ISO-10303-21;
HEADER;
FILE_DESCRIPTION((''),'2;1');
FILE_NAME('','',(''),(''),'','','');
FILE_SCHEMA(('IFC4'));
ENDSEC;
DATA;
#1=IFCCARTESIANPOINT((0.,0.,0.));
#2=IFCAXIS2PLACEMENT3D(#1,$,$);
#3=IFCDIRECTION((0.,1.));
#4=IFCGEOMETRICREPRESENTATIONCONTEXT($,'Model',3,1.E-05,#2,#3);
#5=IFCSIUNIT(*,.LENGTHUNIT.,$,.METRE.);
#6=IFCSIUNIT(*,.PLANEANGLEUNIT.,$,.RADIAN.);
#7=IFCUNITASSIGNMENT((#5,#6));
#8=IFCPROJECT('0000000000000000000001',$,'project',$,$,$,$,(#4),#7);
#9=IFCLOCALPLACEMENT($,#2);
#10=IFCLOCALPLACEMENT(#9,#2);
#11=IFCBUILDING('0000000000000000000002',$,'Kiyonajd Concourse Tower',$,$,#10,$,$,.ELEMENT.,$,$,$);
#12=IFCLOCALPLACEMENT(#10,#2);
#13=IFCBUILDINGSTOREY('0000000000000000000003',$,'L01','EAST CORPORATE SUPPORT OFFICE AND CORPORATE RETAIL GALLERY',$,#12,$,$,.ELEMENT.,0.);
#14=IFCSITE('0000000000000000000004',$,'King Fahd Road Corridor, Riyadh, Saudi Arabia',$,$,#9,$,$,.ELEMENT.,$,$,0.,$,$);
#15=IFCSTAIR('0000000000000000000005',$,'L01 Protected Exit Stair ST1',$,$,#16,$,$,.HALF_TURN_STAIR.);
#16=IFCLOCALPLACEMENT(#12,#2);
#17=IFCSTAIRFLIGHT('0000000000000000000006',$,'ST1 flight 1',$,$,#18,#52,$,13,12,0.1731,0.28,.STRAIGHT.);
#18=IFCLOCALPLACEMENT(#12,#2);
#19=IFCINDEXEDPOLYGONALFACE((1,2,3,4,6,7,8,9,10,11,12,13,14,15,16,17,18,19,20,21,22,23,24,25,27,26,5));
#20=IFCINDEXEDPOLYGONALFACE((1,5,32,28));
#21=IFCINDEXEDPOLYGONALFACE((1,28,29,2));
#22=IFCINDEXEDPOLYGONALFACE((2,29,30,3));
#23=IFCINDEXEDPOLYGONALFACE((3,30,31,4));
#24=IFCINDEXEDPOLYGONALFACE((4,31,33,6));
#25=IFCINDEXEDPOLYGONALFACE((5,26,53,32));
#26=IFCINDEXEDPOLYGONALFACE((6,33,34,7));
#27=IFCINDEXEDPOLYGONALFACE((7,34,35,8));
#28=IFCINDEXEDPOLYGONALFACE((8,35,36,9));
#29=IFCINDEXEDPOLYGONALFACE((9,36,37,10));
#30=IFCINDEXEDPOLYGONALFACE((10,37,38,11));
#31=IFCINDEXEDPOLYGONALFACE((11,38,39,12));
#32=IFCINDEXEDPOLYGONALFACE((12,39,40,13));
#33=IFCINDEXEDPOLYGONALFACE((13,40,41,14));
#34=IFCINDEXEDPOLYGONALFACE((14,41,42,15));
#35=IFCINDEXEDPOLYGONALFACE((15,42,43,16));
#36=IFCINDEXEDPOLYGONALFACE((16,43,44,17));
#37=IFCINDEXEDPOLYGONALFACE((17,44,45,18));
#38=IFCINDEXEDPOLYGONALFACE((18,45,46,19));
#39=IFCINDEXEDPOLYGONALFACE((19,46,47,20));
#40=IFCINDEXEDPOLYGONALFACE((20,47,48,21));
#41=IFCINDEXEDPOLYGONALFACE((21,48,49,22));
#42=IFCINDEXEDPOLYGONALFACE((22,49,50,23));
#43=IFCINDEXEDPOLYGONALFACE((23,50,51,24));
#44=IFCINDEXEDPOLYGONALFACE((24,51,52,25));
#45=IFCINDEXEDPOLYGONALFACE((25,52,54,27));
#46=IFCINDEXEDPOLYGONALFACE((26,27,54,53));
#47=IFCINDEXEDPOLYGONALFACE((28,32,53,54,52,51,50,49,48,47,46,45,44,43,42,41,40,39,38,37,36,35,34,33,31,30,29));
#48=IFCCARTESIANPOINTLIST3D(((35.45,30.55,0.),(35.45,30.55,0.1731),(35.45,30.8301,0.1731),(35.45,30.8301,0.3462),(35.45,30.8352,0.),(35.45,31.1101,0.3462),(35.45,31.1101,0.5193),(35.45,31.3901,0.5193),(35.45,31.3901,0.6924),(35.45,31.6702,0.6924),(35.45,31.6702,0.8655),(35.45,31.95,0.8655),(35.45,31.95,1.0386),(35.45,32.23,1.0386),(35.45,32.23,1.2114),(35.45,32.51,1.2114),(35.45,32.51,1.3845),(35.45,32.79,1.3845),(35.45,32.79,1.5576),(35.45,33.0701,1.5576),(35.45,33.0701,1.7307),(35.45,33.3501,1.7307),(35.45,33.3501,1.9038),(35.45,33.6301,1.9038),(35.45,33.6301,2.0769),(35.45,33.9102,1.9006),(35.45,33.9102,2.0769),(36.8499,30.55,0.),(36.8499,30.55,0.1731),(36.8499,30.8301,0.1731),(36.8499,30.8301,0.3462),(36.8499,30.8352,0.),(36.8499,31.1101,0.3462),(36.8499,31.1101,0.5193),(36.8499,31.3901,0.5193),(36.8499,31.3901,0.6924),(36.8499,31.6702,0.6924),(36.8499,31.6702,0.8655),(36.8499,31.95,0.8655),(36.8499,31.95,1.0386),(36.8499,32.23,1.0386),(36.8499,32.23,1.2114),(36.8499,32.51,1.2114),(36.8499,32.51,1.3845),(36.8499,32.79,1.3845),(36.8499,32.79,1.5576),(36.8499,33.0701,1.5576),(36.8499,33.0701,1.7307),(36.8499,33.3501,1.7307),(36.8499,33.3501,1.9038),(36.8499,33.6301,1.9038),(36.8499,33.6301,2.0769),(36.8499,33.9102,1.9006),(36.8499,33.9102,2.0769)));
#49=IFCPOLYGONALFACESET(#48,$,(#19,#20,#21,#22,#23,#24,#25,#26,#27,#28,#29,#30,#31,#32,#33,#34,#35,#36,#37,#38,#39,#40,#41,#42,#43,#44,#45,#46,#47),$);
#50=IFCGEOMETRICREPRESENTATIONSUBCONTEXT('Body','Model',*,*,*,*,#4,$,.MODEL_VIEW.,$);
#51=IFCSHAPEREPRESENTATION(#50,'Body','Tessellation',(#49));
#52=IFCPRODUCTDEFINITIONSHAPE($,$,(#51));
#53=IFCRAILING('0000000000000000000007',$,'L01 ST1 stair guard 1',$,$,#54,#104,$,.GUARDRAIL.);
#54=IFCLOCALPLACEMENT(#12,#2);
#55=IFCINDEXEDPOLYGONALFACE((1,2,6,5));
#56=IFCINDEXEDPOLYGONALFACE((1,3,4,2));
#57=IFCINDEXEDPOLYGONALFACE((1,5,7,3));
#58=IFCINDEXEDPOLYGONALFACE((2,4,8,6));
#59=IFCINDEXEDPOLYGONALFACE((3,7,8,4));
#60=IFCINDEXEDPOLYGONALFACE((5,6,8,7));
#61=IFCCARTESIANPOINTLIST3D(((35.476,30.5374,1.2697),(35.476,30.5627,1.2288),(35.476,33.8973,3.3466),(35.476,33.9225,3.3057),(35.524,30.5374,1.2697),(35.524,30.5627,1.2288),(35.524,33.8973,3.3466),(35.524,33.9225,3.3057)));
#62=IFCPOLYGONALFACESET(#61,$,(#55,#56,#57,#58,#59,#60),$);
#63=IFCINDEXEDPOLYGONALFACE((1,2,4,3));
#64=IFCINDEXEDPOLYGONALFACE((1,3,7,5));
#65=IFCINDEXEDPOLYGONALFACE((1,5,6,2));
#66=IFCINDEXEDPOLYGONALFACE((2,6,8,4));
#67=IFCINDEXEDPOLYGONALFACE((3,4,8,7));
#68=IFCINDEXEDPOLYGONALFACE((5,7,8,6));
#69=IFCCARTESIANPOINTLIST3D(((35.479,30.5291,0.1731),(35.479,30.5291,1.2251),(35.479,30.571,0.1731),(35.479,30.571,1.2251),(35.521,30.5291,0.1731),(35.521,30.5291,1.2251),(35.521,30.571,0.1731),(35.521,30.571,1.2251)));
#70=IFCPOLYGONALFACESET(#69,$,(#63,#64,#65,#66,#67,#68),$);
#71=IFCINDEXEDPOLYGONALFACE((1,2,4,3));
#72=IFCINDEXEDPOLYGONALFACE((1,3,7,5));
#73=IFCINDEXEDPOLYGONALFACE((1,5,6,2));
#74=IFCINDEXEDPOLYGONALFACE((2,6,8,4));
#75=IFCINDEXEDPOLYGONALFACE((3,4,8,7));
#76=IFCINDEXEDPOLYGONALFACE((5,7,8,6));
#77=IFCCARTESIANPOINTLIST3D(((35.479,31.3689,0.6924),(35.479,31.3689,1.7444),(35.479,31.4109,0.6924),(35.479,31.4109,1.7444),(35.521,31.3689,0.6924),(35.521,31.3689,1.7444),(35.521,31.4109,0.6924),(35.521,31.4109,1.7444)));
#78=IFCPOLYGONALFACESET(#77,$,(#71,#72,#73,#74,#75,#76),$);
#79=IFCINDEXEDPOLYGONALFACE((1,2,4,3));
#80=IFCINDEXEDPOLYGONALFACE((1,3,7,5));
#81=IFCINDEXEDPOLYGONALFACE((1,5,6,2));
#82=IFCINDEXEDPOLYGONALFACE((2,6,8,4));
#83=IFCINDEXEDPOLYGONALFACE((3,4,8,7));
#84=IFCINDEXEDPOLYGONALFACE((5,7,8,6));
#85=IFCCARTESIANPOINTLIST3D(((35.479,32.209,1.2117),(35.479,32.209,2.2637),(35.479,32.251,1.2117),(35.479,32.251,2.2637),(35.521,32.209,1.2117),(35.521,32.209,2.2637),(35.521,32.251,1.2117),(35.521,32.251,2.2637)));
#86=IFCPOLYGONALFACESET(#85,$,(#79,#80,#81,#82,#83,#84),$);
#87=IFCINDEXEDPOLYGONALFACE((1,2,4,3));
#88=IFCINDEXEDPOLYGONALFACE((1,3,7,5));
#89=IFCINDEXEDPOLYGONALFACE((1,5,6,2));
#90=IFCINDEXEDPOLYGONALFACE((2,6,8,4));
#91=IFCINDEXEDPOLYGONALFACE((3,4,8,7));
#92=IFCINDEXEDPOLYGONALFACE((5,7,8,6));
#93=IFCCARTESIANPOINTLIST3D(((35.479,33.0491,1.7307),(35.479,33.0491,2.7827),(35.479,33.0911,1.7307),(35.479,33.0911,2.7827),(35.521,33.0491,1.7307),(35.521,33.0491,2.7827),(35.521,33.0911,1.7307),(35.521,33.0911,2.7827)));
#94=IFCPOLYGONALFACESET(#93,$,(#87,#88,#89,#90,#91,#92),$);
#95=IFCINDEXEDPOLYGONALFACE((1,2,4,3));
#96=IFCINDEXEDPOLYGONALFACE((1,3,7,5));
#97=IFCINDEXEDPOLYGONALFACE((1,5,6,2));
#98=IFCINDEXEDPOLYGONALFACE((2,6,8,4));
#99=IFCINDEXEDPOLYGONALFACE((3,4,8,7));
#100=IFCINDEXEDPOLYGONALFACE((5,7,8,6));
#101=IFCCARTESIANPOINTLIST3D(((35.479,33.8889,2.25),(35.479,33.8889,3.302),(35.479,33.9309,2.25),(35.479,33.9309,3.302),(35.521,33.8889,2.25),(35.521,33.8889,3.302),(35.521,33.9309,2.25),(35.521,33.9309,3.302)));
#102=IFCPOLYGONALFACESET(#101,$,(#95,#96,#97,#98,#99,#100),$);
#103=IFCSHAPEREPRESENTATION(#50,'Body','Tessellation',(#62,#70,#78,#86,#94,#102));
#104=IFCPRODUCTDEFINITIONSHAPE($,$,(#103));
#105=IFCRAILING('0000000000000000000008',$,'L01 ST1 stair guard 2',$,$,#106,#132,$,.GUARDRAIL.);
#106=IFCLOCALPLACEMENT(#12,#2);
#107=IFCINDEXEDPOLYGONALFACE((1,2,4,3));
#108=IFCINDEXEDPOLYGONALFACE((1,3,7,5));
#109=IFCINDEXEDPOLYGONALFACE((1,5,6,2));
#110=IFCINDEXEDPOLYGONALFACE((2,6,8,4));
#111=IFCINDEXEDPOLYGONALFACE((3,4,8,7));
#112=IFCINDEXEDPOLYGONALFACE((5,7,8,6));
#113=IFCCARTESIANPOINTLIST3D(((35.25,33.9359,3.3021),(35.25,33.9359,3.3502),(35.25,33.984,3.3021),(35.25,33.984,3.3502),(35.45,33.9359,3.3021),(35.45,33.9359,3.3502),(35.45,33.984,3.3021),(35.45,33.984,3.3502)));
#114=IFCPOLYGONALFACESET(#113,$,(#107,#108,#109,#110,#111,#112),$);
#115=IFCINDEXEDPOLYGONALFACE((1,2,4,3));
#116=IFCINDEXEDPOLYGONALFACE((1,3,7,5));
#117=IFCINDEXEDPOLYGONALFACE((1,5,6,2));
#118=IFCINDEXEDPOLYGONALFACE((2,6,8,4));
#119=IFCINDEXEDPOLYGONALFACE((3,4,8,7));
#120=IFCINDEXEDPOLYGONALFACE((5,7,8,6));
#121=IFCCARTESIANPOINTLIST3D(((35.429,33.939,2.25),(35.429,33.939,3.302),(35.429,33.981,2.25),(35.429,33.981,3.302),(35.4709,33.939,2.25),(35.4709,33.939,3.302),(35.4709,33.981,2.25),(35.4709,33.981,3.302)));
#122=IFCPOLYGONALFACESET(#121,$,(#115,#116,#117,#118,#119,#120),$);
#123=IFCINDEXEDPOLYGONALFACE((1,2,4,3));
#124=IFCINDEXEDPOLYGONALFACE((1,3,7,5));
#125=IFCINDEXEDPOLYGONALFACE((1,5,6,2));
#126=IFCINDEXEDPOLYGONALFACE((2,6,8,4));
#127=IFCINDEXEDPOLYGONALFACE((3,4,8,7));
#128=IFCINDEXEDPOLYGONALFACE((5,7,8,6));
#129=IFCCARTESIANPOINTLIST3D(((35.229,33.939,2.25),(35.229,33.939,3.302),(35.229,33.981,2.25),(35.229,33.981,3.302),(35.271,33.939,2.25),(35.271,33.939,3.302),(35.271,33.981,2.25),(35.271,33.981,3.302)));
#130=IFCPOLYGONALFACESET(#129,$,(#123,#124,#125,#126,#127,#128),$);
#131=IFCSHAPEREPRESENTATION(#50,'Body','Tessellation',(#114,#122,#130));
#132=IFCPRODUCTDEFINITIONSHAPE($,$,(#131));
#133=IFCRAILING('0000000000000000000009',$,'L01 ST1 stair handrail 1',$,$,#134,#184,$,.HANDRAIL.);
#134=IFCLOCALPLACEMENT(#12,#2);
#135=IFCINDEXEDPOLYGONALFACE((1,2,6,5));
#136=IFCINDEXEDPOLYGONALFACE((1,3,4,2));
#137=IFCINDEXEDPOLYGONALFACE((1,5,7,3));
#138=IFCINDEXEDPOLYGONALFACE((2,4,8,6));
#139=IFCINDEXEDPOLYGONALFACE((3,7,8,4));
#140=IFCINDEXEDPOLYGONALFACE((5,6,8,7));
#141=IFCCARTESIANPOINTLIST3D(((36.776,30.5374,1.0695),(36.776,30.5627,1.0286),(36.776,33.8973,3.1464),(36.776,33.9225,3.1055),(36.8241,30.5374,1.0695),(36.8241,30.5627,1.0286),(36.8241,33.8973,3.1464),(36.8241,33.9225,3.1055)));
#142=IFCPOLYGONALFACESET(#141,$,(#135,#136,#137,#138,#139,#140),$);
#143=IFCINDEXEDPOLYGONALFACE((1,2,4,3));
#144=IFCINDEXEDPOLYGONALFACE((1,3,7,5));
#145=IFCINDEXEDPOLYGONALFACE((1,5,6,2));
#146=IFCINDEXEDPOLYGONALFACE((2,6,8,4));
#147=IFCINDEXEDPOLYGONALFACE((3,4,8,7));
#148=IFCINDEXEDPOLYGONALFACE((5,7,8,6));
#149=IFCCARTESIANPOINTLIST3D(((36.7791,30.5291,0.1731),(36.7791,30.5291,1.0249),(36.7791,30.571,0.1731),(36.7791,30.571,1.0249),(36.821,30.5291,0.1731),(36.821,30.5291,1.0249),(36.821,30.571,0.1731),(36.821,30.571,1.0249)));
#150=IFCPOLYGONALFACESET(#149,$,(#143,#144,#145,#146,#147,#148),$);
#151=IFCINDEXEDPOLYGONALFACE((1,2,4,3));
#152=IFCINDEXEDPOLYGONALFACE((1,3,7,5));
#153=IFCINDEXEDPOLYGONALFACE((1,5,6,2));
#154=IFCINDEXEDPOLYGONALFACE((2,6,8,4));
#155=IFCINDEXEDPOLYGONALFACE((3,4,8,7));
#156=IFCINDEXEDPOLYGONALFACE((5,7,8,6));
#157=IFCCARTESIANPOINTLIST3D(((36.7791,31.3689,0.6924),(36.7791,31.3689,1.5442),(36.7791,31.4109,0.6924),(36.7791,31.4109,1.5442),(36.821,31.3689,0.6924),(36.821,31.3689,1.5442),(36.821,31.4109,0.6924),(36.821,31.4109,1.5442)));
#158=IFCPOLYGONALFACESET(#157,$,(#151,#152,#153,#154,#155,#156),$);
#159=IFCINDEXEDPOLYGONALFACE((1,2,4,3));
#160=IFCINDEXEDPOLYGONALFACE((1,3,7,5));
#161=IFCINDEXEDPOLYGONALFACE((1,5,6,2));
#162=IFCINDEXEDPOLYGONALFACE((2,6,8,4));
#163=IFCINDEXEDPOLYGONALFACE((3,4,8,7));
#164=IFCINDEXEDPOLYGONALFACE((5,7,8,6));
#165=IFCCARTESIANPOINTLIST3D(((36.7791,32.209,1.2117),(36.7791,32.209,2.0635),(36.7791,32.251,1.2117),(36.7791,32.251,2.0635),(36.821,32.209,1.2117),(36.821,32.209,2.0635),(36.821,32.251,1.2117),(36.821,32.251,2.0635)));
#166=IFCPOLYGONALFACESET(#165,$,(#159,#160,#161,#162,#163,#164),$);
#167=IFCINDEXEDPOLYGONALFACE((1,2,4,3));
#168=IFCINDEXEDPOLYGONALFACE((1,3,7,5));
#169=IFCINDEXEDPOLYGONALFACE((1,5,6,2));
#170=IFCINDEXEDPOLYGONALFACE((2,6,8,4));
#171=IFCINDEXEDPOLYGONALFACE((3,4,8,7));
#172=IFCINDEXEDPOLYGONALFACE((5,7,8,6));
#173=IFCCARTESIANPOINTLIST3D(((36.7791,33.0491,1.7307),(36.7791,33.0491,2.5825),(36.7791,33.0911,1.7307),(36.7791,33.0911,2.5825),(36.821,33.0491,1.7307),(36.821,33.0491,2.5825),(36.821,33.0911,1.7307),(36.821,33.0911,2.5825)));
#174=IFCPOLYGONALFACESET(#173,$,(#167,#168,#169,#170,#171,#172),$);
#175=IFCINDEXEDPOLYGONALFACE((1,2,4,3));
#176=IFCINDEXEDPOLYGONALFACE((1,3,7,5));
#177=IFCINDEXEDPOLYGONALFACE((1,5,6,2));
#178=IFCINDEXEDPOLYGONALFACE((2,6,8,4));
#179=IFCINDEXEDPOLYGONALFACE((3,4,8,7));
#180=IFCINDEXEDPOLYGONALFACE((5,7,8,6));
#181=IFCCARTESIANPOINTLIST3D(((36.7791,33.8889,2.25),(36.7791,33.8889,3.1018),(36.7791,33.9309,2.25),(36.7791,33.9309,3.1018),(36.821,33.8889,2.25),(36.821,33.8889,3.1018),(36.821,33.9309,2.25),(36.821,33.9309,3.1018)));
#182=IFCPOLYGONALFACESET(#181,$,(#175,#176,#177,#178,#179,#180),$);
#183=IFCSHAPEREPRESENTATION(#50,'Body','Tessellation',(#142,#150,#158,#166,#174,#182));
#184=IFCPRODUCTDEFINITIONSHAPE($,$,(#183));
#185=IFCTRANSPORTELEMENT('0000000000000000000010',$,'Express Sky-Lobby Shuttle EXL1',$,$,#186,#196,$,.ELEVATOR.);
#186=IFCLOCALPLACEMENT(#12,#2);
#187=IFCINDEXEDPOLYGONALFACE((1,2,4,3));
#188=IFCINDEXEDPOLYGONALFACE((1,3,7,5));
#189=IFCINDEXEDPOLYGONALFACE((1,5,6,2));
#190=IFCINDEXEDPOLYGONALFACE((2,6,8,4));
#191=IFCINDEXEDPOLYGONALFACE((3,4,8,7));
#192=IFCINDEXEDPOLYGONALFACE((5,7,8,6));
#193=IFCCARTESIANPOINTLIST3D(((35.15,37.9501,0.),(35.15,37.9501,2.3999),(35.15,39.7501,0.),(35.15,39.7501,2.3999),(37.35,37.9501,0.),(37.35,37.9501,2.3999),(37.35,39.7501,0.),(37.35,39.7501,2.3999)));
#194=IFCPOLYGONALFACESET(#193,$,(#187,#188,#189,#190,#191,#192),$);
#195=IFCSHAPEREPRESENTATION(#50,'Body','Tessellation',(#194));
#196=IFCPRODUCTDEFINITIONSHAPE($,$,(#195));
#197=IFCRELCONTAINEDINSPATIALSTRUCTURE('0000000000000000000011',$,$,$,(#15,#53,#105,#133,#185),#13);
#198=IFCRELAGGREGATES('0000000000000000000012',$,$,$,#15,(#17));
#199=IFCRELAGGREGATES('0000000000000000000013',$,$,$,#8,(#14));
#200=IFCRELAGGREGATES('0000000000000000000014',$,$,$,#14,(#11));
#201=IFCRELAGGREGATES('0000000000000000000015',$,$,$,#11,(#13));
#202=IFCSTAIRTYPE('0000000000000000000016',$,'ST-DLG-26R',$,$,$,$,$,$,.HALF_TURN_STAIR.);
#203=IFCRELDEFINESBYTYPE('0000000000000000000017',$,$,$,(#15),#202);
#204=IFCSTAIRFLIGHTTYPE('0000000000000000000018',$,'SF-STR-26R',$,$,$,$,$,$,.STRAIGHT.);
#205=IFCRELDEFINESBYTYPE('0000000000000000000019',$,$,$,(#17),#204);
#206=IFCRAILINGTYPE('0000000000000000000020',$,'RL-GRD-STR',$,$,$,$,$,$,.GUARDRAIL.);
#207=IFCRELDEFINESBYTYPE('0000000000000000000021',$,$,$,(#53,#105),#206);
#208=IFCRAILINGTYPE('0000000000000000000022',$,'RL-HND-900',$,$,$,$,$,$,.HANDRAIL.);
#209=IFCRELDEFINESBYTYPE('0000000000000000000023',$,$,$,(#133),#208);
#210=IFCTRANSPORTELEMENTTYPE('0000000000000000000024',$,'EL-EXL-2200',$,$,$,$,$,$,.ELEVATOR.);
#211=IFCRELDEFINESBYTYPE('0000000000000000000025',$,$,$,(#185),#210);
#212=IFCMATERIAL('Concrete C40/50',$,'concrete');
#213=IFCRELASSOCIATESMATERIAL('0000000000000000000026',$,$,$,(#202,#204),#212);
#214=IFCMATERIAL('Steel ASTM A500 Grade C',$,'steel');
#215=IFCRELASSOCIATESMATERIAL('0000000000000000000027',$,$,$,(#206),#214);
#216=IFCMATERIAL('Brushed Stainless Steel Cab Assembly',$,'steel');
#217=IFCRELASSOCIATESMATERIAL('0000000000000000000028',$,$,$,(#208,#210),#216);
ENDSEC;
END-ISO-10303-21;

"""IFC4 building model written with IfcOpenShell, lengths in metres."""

from ifc_helpers import new_model, si_unit, direction, frame, origin, origin_2d, place, context, subcontext, project, spatial, polyline, rectangle, outline, extrude, material, type_object, element, aggregate, save


model = new_model("IFC4")

# Units and contexts
model_context = context("Model", 3, precision=1e-05, world=origin(), true_north=direction((0.0, 1.0)))
body_context = subcontext(model_context, "Body", "Model", "MODEL_VIEW")
ifc_project = project(units=[si_unit("LENGTHUNIT", "METRE"), si_unit("PLANEANGLEUNIT", "RADIAN")], contexts=[model_context])

# Site, building, storey
site_placement = place(None, origin())
site = spatial("IfcSite", under=ifc_project, at=site_placement, Name="King Fahd Road Corridor, Riyadh, Saudi Arabia", CompositionType="ELEMENT", RefElevation=0.0)
building_placement = place(site_placement, origin())
building = spatial("IfcBuilding", under=site, at=building_placement, Name="Kiyonajd Concourse Tower", CompositionType="ELEMENT")
storey_placement = place(building_placement, origin())
storey = spatial("IfcBuildingStorey", under=building, at=storey_placement, Name="L01", Description="EAST CORPORATE SUPPORT OFFICE AND CORPORATE RETAIL GALLERY", CompositionType="ELEMENT", Elevation=0.0)

# Shared definitions
ifc_material_1 = material(Name="Brushed Stainless Steel Cab Assembly", Category="steel")

# Stair, stair flight
ifc_material_2 = material(Name="Concrete C40/50", Category="concrete")
stair_type = type_object("IfcStairType", Name="ST-DLG-26R", PredefinedType="HALF_TURN_STAIR", material=ifc_material_2)
stair_placement = place(storey_placement, origin())
stair = element("IfcStair", 1, at=stair_placement, inside=storey, type_object=stair_type, Name="L01 Protected Exit Stair ST1", PredefinedType="HALF_TURN_STAIR")
stair_flight_type = type_object("IfcStairFlightType", Name="SF-STR-26R", PredefinedType="STRAIGHT", material=ifc_material_2)
stair_flight_placement = place(storey_placement, frame((36.1499, 30.55, 0.0), z_axis=(0.0, 0.0, 1.0), x_axis=(0.0, 1.0, 0.0)))
stair_flight = element("IfcStairFlight", 2, at=stair_flight_placement, type_object=stair_flight_type, Name="ST1 flight 1", NumberOfRisers=13, NumberOfTreads=12, PredefinedType="STRAIGHT", RiserHeight=0.1731, TreadLength=0.28, context=body_context, shape_type="SweptSolid", body=[
    extrude(outline(polyline([(0.0, 0.0), (0.0, 0.1731), (0.28, 0.1731), (0.28, 0.3462), (0.5601, 0.3462), (0.5601, 0.5193), (0.8401, 0.5193), (0.8401, 0.6924), (1.1201, 0.6924), (1.1201, 0.8655), (1.3999, 0.8655), (1.3999, 1.0386), (1.6799, 1.0386), (1.6799, 1.2114), (1.96, 1.2114), (1.96, 1.3845), (2.24, 1.3845), (2.24, 1.5576), (2.52, 1.5576), (2.52, 1.7307), (2.8, 1.7307), (2.8, 1.9038), (3.0801, 1.9038), (3.0801, 2.0769), (3.3601, 2.0769), (3.3601, 2.25), (3.3601, 1.9006), (0.2852, 0.0), (0.0, 0.0)])), frame((0.0, 0.7, 0.0), z_axis=(0.0, -1.0, 0.0), x_axis=(1.0, 0.0, 0.0)), (0.0, 0.0, 1.0), 1.3999),
])
aggregate(stair, [stair_flight])

# Railings
ifc_material_3 = material(Name="Steel ASTM A500 Grade C", Category="steel")
railing_type_1 = type_object("IfcRailingType", Name="RL-GRD-STR", PredefinedType="GUARDRAIL", material=ifc_material_3)
railing_1_placement = place(storey_placement, frame((35.5, 30.55, 0.1731)))
element("IfcRailing", 3, at=railing_1_placement, inside=storey, type_object=railing_type_1, Name="L01 ST1 stair guard 1", PredefinedType="GUARDRAIL", context=body_context, shape_type="SweptSolid", body=[
    extrude(rectangle(XDim=0.0481, YDim=0.0481, at=origin_2d()), frame((0.0, 0.0, 1.0762), z_axis=(0.0, 0.850606, 0.525803), x_axis=(-1.0, 0.0, 0.0)), (0.0, 0.0, 1.0), 3.95),
    extrude(rectangle(XDim=0.042, YDim=0.042, at=origin_2d()), origin(), (0.0, 0.0, 1.0), 1.052),
    extrude(rectangle(XDim=0.042, YDim=0.042, at=origin_2d()), frame((0.0, 0.8398, 0.5193)), (0.0, 0.0, 1.0), 1.052),
    extrude(rectangle(XDim=0.042, YDim=0.042, at=origin_2d()), frame((0.0, 1.6799, 1.0386)), (0.0, 0.0, 1.0), 1.052),
    extrude(rectangle(XDim=0.042, YDim=0.042, at=origin_2d()), frame((0.0, 2.52, 1.5576)), (0.0, 0.0, 1.0), 1.052),
    extrude(rectangle(XDim=0.042, YDim=0.042, at=origin_2d()), frame((0.0, 3.3599, 2.0769)), (0.0, 0.0, 1.0), 1.052),
])
railing_2_placement = place(storey_placement, frame((35.45, 33.96, 2.25)))
element("IfcRailing", 4, at=railing_2_placement, inside=storey, type_object=railing_type_1, Name="L01 ST1 stair guard 2", PredefinedType="GUARDRAIL", context=body_context, shape_type="SweptSolid", body=[
    extrude(rectangle(XDim=0.0481, YDim=0.0481, at=origin_2d()), frame((0.0, 0.0, 1.0762), z_axis=(-1.0, 0.0, 0.0), x_axis=(0.0, -1.0, 0.0)), (0.0, 0.0, 1.0), 0.2),
    extrude(rectangle(XDim=0.042, YDim=0.042, at=origin_2d()), origin(), (0.0, 0.0, 1.0), 1.052),
    extrude(rectangle(XDim=0.042, YDim=0.042, at=origin_2d()), frame((-0.2, 0.0, 0.0)), (0.0, 0.0, 1.0), 1.052),
])
railing_type_2 = type_object("IfcRailingType", Name="RL-HND-900", PredefinedType="HANDRAIL", material=ifc_material_1)
railing_3_placement = place(storey_placement, frame((36.8, 30.55, 0.1731)))
element("IfcRailing", 5, at=railing_3_placement, inside=storey, type_object=railing_type_2, Name="L01 ST1 stair handrail 1", PredefinedType="HANDRAIL", context=body_context, shape_type="SweptSolid", body=[
    extrude(rectangle(XDim=0.0481, YDim=0.0481, at=origin_2d()), frame((0.0, 0.0, 0.876), z_axis=(0.0, 0.850606, 0.525803), x_axis=(-1.0, 0.0, 0.0)), (0.0, 0.0, 1.0), 3.95),
    extrude(rectangle(XDim=0.042, YDim=0.042, at=origin_2d()), origin(), (0.0, 0.0, 1.0), 0.8518),
    extrude(rectangle(XDim=0.042, YDim=0.042, at=origin_2d()), frame((0.0, 0.8398, 0.5193)), (0.0, 0.0, 1.0), 0.8518),
    extrude(rectangle(XDim=0.042, YDim=0.042, at=origin_2d()), frame((0.0, 1.6799, 1.0386)), (0.0, 0.0, 1.0), 0.8518),
    extrude(rectangle(XDim=0.042, YDim=0.042, at=origin_2d()), frame((0.0, 2.52, 1.5576)), (0.0, 0.0, 1.0), 0.8518),
    extrude(rectangle(XDim=0.042, YDim=0.042, at=origin_2d()), frame((0.0, 3.3599, 2.0769)), (0.0, 0.0, 1.0), 0.8518),
])

# Transport element
transport_element_type = type_object("IfcTransportElementType", Name="EL-EXL-2200", PredefinedType="ELEVATOR", material=ifc_material_1)
transport_element_placement = place(storey_placement, frame((36.25, 38.8501, 0.0), z_axis=(0.0, 0.0, 1.0), x_axis=(1.0, 0.0, 0.0)))
element("IfcTransportElement", 6, at=transport_element_placement, inside=storey, type_object=transport_element_type, Name="Express Sky-Lobby Shuttle EXL1", PredefinedType="ELEVATOR", context=body_context, shape_type="SweptSolid", body=[
    extrude(rectangle(XDim=2.2, YDim=1.8, at=origin_2d()), origin(), (0.0, 0.0, 1.0), 2.3999),
])

save(model, "model.ifc")
